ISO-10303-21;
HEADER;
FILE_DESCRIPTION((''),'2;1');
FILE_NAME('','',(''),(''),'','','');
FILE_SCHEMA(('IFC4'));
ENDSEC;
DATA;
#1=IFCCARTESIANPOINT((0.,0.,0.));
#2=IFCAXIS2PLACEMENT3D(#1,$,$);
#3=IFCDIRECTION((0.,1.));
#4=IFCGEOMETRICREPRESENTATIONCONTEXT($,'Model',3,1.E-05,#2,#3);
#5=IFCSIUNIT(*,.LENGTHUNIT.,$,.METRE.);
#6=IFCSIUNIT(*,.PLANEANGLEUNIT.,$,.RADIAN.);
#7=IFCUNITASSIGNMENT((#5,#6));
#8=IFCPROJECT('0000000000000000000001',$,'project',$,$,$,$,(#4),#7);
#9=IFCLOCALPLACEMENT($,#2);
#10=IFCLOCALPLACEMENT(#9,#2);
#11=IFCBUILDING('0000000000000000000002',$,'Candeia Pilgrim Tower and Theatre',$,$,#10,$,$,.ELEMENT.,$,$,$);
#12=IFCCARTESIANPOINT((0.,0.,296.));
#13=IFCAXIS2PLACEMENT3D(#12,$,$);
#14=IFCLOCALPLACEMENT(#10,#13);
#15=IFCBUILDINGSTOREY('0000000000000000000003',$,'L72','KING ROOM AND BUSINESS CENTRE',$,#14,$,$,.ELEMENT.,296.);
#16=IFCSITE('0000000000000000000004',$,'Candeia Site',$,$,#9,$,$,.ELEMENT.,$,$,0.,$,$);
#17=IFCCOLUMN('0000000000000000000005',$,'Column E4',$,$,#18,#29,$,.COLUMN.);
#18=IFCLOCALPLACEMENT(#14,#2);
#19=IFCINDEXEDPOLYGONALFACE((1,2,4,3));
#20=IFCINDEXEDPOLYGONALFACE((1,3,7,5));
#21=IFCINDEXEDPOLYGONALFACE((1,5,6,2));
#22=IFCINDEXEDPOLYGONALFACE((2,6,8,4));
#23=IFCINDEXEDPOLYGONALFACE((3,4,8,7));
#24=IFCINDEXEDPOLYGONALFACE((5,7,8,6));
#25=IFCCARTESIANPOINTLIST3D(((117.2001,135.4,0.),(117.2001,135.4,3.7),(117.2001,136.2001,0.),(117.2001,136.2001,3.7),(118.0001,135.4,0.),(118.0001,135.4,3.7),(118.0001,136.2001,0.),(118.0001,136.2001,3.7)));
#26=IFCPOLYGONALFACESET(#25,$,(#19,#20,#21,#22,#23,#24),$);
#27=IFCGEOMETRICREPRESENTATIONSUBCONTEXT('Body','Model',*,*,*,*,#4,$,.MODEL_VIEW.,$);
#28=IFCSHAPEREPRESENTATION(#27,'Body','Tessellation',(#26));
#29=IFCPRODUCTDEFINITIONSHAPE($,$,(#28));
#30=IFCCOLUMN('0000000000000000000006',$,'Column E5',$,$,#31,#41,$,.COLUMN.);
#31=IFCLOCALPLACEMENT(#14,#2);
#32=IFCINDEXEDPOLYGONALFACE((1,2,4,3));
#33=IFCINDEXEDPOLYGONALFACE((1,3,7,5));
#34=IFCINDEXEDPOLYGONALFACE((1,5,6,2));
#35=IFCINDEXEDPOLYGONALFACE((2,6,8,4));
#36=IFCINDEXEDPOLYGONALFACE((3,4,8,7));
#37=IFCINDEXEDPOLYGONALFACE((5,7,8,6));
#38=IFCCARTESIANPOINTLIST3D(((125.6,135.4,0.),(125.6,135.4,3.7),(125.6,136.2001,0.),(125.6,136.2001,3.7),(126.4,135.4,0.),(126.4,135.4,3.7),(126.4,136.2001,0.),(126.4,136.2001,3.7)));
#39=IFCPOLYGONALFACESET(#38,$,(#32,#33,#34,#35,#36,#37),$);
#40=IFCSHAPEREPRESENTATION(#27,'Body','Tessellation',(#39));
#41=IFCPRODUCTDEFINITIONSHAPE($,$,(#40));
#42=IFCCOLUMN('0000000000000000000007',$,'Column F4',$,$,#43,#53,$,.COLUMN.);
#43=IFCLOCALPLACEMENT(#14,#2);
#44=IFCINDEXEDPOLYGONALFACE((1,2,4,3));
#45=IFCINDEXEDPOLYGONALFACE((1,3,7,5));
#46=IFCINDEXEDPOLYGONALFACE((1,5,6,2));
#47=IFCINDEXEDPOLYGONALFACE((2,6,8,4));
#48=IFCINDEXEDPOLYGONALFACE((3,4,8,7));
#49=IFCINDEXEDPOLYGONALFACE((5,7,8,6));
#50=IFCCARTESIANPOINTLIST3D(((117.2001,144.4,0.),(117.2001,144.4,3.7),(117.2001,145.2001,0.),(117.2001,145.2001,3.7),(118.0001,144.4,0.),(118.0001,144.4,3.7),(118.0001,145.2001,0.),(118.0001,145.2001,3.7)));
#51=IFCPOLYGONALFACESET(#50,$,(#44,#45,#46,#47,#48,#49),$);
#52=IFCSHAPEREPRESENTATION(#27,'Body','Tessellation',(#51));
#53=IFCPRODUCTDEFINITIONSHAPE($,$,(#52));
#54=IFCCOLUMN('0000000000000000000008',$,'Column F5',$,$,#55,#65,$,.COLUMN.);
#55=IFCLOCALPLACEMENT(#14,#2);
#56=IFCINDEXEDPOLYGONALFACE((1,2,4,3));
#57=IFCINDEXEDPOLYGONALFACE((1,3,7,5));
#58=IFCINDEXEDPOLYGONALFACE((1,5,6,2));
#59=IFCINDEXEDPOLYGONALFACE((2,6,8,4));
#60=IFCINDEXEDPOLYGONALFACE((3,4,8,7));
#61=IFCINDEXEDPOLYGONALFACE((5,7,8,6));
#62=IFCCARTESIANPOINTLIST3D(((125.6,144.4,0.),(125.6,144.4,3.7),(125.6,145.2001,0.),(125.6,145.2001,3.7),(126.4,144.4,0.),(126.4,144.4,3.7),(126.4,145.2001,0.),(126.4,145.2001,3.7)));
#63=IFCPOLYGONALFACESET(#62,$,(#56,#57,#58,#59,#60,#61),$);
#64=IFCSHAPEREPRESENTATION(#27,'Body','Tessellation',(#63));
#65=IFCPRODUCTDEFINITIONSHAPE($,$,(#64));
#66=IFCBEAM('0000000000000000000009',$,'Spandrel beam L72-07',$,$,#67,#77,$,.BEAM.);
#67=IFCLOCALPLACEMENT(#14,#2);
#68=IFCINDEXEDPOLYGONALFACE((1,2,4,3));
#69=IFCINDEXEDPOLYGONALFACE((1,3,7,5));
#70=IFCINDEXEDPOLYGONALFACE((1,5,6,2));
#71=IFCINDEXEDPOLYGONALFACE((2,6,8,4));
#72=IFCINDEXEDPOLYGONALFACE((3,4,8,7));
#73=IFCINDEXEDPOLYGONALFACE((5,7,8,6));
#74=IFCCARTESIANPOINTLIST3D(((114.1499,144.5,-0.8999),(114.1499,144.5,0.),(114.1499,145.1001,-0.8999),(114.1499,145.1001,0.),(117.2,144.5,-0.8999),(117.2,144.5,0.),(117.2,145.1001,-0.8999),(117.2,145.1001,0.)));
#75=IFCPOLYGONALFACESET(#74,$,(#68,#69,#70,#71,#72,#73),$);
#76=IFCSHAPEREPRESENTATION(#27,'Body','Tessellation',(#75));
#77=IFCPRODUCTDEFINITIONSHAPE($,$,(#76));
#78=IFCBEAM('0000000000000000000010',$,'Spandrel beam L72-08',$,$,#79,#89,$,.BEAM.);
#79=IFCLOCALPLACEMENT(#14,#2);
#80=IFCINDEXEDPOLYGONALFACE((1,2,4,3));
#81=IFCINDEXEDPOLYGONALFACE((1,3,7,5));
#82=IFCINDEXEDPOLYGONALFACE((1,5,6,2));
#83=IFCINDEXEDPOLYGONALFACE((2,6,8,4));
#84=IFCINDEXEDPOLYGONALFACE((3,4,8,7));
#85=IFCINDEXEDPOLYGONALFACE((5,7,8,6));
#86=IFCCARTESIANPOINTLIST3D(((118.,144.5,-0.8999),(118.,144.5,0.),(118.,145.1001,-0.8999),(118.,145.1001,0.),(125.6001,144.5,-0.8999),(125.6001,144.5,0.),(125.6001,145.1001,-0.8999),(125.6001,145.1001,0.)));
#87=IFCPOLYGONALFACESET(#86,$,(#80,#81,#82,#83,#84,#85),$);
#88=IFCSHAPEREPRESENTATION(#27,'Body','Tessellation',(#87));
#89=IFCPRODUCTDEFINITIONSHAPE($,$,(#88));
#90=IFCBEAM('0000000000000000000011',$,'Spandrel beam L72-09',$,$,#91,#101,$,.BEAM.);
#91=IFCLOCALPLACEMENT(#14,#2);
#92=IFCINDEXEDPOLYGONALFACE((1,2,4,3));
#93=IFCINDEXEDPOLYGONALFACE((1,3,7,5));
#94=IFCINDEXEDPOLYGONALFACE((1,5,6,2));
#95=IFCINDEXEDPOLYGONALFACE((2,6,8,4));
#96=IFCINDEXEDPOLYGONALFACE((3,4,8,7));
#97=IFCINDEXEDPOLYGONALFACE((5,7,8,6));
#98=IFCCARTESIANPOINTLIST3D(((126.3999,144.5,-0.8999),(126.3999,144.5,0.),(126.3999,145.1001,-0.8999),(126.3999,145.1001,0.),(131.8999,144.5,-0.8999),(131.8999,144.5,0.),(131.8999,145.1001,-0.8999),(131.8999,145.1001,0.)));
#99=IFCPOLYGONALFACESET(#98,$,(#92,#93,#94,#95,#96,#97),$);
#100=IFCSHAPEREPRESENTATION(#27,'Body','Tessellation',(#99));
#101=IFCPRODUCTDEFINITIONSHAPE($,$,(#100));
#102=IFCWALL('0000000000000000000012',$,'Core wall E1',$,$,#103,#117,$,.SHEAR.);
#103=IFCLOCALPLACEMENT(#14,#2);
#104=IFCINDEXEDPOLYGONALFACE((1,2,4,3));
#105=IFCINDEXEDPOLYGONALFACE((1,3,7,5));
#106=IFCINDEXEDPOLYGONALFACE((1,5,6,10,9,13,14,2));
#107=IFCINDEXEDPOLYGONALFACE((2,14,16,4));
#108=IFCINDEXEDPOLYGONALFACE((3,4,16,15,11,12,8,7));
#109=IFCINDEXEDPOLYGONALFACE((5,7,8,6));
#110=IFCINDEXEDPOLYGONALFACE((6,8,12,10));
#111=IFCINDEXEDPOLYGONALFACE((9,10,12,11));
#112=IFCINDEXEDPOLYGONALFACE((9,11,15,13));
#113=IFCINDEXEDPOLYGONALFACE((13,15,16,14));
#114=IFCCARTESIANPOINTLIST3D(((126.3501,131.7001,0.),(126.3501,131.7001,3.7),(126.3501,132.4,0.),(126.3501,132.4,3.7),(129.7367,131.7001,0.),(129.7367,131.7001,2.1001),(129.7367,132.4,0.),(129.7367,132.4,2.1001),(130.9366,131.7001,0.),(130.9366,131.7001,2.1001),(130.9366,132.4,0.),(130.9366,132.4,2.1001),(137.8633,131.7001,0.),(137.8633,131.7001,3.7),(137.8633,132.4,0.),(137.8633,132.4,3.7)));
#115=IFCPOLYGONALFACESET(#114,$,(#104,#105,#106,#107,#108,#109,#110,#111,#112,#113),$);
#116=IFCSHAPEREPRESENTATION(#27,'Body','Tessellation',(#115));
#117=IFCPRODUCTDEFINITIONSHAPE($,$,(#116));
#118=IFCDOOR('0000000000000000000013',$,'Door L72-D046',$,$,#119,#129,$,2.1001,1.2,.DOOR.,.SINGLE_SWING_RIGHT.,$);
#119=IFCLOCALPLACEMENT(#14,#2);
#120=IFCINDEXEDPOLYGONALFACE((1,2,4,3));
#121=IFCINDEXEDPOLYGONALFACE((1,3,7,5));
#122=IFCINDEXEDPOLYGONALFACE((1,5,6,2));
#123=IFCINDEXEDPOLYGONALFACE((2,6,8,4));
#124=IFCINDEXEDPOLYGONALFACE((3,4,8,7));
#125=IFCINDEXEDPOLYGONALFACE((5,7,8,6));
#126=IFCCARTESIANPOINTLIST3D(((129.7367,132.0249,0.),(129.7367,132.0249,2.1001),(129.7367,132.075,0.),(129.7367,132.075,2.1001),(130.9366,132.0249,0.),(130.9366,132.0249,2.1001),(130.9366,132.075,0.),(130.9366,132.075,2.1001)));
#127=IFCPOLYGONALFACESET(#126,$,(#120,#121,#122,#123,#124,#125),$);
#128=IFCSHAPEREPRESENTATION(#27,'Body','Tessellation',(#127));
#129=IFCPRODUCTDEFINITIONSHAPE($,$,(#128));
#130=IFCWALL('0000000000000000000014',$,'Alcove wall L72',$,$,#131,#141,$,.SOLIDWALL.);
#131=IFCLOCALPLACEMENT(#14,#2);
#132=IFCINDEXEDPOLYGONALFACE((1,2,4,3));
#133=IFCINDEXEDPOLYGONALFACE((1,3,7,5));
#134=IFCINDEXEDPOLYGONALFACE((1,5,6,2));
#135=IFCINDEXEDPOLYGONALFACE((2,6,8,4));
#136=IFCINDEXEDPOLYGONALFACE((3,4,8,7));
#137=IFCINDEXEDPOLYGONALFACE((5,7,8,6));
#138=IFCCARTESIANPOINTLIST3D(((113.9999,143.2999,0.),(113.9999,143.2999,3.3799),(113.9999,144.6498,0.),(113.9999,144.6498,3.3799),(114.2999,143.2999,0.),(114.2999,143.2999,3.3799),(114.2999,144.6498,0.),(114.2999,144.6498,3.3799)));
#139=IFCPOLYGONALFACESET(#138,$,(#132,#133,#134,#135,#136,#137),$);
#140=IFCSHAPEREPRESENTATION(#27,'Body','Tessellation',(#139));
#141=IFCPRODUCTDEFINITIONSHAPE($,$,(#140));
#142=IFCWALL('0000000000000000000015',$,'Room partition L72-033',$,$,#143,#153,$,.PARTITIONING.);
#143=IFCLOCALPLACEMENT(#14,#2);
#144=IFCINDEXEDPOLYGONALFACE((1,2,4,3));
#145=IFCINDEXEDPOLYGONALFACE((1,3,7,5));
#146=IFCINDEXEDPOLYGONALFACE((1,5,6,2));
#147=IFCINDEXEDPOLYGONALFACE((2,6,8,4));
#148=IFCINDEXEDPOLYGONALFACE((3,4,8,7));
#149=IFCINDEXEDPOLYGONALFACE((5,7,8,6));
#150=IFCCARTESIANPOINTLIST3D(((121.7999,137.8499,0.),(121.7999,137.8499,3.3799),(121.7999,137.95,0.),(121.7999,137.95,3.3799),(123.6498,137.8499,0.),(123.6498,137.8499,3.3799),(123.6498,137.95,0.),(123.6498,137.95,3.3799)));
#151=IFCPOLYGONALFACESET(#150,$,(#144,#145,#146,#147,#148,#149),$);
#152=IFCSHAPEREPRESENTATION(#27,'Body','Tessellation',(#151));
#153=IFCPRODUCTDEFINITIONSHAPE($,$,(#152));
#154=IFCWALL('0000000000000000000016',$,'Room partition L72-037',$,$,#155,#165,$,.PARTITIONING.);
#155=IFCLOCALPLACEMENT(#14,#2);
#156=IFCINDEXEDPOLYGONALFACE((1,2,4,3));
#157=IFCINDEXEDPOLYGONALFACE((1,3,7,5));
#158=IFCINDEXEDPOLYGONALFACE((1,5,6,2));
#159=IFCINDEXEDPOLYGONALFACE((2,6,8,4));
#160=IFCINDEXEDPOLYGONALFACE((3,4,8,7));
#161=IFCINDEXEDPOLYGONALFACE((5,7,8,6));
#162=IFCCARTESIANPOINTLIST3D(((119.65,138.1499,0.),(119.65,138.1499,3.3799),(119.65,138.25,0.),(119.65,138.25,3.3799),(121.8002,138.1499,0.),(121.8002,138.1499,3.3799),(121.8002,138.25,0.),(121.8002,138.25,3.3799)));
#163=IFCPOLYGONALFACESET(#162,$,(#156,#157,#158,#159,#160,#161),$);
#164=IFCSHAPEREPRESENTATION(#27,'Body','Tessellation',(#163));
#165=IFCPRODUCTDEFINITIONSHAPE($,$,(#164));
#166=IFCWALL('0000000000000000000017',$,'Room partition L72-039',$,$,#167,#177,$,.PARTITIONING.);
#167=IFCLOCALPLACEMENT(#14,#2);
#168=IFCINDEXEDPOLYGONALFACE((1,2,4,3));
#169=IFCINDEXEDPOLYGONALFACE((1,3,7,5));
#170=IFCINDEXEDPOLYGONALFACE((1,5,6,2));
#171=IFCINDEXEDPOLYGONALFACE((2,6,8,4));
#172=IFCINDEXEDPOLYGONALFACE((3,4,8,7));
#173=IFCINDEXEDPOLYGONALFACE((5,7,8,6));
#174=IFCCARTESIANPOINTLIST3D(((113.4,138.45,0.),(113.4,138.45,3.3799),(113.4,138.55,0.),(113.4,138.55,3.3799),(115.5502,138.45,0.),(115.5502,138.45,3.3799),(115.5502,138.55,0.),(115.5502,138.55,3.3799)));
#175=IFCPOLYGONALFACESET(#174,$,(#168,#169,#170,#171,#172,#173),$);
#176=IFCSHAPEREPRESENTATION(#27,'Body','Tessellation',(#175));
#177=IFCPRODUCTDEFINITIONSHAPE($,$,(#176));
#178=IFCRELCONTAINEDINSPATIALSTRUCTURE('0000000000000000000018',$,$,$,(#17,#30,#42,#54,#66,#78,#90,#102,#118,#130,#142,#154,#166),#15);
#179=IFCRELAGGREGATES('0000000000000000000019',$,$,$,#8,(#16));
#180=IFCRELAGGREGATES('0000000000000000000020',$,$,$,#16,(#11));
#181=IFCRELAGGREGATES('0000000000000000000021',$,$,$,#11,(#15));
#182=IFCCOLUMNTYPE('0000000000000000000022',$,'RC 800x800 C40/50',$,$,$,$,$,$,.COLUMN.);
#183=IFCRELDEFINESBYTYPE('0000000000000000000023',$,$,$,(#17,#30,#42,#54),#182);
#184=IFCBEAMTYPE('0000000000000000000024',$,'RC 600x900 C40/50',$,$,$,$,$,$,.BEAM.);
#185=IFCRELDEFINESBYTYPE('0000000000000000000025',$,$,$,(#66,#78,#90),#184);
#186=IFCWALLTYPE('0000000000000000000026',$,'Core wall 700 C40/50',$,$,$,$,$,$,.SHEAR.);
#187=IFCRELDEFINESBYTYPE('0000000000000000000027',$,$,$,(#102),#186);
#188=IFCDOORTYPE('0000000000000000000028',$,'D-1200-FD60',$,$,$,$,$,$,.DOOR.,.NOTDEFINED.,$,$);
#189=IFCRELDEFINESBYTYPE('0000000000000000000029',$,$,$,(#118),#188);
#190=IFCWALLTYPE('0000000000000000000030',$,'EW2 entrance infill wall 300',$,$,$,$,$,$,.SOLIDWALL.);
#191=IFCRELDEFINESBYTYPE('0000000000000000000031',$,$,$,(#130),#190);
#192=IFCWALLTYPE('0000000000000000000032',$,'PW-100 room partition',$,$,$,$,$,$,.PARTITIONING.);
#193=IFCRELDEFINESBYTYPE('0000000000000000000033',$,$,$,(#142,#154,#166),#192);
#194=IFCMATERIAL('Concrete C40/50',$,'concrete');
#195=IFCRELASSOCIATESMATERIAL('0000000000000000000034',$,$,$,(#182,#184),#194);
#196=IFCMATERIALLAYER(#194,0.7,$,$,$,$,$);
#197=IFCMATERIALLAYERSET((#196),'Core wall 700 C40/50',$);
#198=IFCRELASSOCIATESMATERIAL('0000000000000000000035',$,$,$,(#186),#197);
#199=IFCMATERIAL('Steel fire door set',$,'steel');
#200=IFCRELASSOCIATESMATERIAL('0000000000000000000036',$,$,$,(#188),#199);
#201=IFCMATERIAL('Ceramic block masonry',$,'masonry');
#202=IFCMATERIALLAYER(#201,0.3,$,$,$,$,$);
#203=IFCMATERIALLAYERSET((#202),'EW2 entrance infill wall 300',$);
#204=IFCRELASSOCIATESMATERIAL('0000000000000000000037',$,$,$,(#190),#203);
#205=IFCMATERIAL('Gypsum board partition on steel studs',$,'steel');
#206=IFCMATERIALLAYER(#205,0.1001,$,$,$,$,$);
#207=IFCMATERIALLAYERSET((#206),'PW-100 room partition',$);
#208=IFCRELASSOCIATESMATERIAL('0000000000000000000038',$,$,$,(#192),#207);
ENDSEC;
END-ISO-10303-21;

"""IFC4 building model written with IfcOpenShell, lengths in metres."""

from ifc_helpers import new_model, si_unit, direction, frame, frame_2d, origin, origin_2d, place, context, subcontext, project, spatial, rectangle, extrude, material, layer, layer_set, material_profile, profile_set, type_object, element, fill, save


model = new_model("IFC4")

# Units and contexts
model_context = context("Model", 3, precision=1e-05, world=origin(), true_north=direction((0.0, 1.0)))
body_context = subcontext(model_context, "Body", "Model", "MODEL_VIEW")
ifc_project = project(units=[si_unit("LENGTHUNIT", "METRE"), si_unit("PLANEANGLEUNIT", "RADIAN")], contexts=[model_context])

# Site, building, storey
site_placement = place(None, origin())
site = spatial("IfcSite", under=ifc_project, at=site_placement, Name="Candeia Site", CompositionType="ELEMENT", RefElevation=0.0)
building_placement = place(site_placement, origin())
building = spatial("IfcBuilding", under=site, at=building_placement, Name="Candeia Pilgrim Tower and Theatre", CompositionType="ELEMENT")
storey_placement = place(building_placement, frame((0.0, 0.0, 296.0)))
storey = spatial("IfcBuildingStorey", under=building, at=storey_placement, Name="L72", Description="KING ROOM AND BUSINESS CENTRE", CompositionType="ELEMENT", Elevation=296.0)

# Columns
ifc_material_1 = material(Name="Concrete C40/50", Category="concrete")
ifc_material_profile_1 = material_profile(ifc_material_1, rectangle(XDim=0.8, YDim=0.8, at=origin_2d()))
ifc_profile_set_1 = profile_set([ifc_material_profile_1], Name="Concrete C40/50")
column_type = type_object("IfcColumnType", Name="RC 800x800 C40/50", PredefinedType="COLUMN", material=ifc_profile_set_1)
for number, where, z_axis, x_axis, name in (
    (1, (117.6001, 135.8, 0.0), (0.0, 0.0, 1.0), (1.0, 0.0, 0.0), "Column E4"),
    (2, (126.0, 135.8, 0.0), (0.0, 0.0, 1.0), (1.0, 0.0, 0.0), "Column E5"),
    (3, (117.6001, 144.8, 0.0), (0.0, 0.0, 1.0), (1.0, 0.0, 0.0), "Column F4"),
    (4, (126.0, 144.8, 0.0), (0.0, 0.0, 1.0), (1.0, 0.0, 0.0), "Column F5"),
):
    element("IfcColumn", number, at=place(storey_placement, frame(where, z_axis=z_axis, x_axis=x_axis)), inside=storey, type_object=column_type, Name=name, PredefinedType="COLUMN", context=body_context, shape_type="SweptSolid", body=[
        extrude(rectangle(XDim=0.8, YDim=0.8, at=origin_2d()), origin(), (0.0, 0.0, 1.0), 3.7),
    ])

# Beams
ifc_material_profile_2 = material_profile(ifc_material_1, rectangle(XDim=0.6001, YDim=0.8999, at=origin_2d()))
ifc_profile_set_2 = profile_set([ifc_material_profile_2], Name="Concrete C40/50")
beam_type = type_object("IfcBeamType", Name="RC 600x900 C40/50", PredefinedType="BEAM", material=ifc_profile_set_2)
beam_1_placement = place(storey_placement, frame((114.1499, 144.8, -0.45), z_axis=(1.0, 0.0, 0.0), x_axis=(0.0, 1.0, 0.0)))
element("IfcBeam", 5, at=beam_1_placement, inside=storey, type_object=beam_type, Name="Spandrel beam L72-07", PredefinedType="BEAM", context=body_context, shape_type="SweptSolid", body=[
    extrude(rectangle(XDim=0.6001, YDim=0.8999, at=origin_2d()), origin(), (0.0, 0.0, 1.0), 3.05),
])
beam_2_placement = place(storey_placement, frame((118.0, 144.8, -0.45), z_axis=(1.0, 0.0, 0.0), x_axis=(0.0, 1.0, 0.0)))
element("IfcBeam", 6, at=beam_2_placement, inside=storey, type_object=beam_type, Name="Spandrel beam L72-08", PredefinedType="BEAM", context=body_context, shape_type="SweptSolid", body=[
    extrude(rectangle(XDim=0.6001, YDim=0.8999, at=origin_2d()), origin(), (0.0, 0.0, 1.0), 7.6001),
])
beam_3_placement = place(storey_placement, frame((126.3999, 144.8, -0.45), z_axis=(1.0, 0.0, 0.0), x_axis=(0.0, 1.0, 0.0)))
element("IfcBeam", 7, at=beam_3_placement, inside=storey, type_object=beam_type, Name="Spandrel beam L72-09", PredefinedType="BEAM", context=body_context, shape_type="SweptSolid", body=[
    extrude(rectangle(XDim=0.6001, YDim=0.8999, at=origin_2d()), origin(), (0.0, 0.0, 1.0), 5.5),
])

# Wall, opening, door
ifc_layer_1 = layer(ifc_material_1, 0.7)
ifc_layer_set_1 = layer_set([ifc_layer_1], Name="Core wall 700 C40/50")
wall_type_1 = type_object("IfcWallType", Name="Core wall 700 C40/50", PredefinedType="SHEAR", material=ifc_layer_set_1)
wall_1_placement = place(storey_placement, frame((126.3501, 132.05, 0.0), z_axis=(0.0, 0.0, 1.0), x_axis=(1.0, 0.0, 0.0)))
wall_1 = element("IfcWall", 8, at=wall_1_placement, inside=storey, type_object=wall_type_1, Name="Core wall E1", PredefinedType="SHEAR", context=body_context, shape_type="SweptSolid", body=[
    extrude(rectangle(XDim=11.5132, YDim=0.7, at=frame_2d((5.7566, 0.0))), origin(), (0.0, 0.0, 1.0), 3.7),
])
opening_1_placement = place(wall_1_placement, frame((3.3865, 0.0, 0.0)))
opening_1 = element("IfcOpeningElement", 9, at=opening_1_placement, cuts=wall_1, PredefinedType="OPENING", context=body_context, shape_type="SweptSolid", body=[
    extrude(rectangle(XDim=1.2, YDim=2.1001, at=frame_2d((0.6001, 1.05))), frame((0.0, 0.3599, 0.0), z_axis=(0.0, -1.0, 0.0), x_axis=(1.0, 0.0, 0.0)), (0.0, 0.0, 1.0), 0.72),
])
ifc_material_2 = material(Name="Steel fire door set", Category="steel")
door_type_1 = type_object("IfcDoorType", Name="D-1200-FD60", OperationType="NOTDEFINED", PredefinedType="DOOR", material=ifc_material_2)
door_1_placement = place(opening_1_placement, origin())
door_1 = element("IfcDoor", 10, at=door_1_placement, inside=storey, type_object=door_type_1, Name="Door L72-D046", OperationType="SINGLE_SWING_RIGHT", OverallHeight=2.1001, OverallWidth=1.2, PredefinedType="DOOR", context=body_context, shape_type="SweptSolid", body=[
    extrude(rectangle(XDim=1.2, YDim=2.1001, at=frame_2d((0.6001, 1.05))), frame((0.0, 0.0249, 0.0), z_axis=(0.0, -1.0, 0.0), x_axis=(1.0, 0.0, 0.0)), (0.0, 0.0, 1.0), 0.05),
])
fill(opening_1, door_1)

# Wall
ifc_material_3 = material(Name="Ceramic block masonry", Category="masonry")
ifc_layer_2 = layer(ifc_material_3, 0.3)
ifc_layer_set_2 = layer_set([ifc_layer_2], Name="EW2 entrance infill wall 300")
wall_type_2 = type_object("IfcWallType", Name="EW2 entrance infill wall 300", PredefinedType="SOLIDWALL", material=ifc_layer_set_2)
wall_2_placement = place(storey_placement, frame((114.1499, 143.3, 0.0), z_axis=(0.0, 0.0, 1.0), x_axis=(0.0, 1.0, 0.0)))
element("IfcWall", 11, at=wall_2_placement, inside=storey, type_object=wall_type_2, Name="Alcove wall L72", PredefinedType="SOLIDWALL", context=body_context, shape_type="SweptSolid", body=[
    extrude(rectangle(XDim=1.3499, YDim=0.3, at=frame_2d((0.6748, 0.0))), origin(), (0.0, 0.0, 1.0), 3.3799),
])

# Walls
ifc_material_4 = material(Name="Gypsum board partition on steel studs", Category="steel")
ifc_layer_3 = layer(ifc_material_4, 0.1001)
ifc_layer_set_3 = layer_set([ifc_layer_3], Name="PW-100 room partition")
wall_type_3 = type_object("IfcWallType", Name="PW-100 room partition", PredefinedType="PARTITIONING", material=ifc_layer_set_3)
wall_3_placement = place(storey_placement, frame((121.8, 137.8999, 0.0), z_axis=(0.0, 0.0, 1.0), x_axis=(1.0, 0.0, 0.0)))
element("IfcWall", 12, at=wall_3_placement, inside=storey, type_object=wall_type_3, Name="Room partition L72-033", PredefinedType="PARTITIONING", context=body_context, shape_type="SweptSolid", body=[
    extrude(rectangle(XDim=1.8499, YDim=0.1001, at=frame_2d((0.9248, 0.0))), origin(), (0.0, 0.0, 1.0), 3.3799),
])
for number, where, z_axis, x_axis, name in (
    (13, (119.6499, 138.2, 0.0), (0.0, 0.0, 1.0), (1.0, 0.0, 0.0), "Room partition L72-037"),
    (14, (113.3999, 138.5, 0.0), (0.0, 0.0, 1.0), (1.0, 0.0, 0.0), "Room partition L72-039"),
):
    element("IfcWall", number, at=place(storey_placement, frame(where, z_axis=z_axis, x_axis=x_axis)), inside=storey, type_object=wall_type_3, Name=name, PredefinedType="PARTITIONING", context=body_context, shape_type="SweptSolid", body=[
        extrude(rectangle(XDim=2.1501, YDim=0.1001, at=frame_2d((1.0752, 0.0))), origin(), (0.0, 0.0, 1.0), 3.3799),
    ])

save(model, "model.ifc")
